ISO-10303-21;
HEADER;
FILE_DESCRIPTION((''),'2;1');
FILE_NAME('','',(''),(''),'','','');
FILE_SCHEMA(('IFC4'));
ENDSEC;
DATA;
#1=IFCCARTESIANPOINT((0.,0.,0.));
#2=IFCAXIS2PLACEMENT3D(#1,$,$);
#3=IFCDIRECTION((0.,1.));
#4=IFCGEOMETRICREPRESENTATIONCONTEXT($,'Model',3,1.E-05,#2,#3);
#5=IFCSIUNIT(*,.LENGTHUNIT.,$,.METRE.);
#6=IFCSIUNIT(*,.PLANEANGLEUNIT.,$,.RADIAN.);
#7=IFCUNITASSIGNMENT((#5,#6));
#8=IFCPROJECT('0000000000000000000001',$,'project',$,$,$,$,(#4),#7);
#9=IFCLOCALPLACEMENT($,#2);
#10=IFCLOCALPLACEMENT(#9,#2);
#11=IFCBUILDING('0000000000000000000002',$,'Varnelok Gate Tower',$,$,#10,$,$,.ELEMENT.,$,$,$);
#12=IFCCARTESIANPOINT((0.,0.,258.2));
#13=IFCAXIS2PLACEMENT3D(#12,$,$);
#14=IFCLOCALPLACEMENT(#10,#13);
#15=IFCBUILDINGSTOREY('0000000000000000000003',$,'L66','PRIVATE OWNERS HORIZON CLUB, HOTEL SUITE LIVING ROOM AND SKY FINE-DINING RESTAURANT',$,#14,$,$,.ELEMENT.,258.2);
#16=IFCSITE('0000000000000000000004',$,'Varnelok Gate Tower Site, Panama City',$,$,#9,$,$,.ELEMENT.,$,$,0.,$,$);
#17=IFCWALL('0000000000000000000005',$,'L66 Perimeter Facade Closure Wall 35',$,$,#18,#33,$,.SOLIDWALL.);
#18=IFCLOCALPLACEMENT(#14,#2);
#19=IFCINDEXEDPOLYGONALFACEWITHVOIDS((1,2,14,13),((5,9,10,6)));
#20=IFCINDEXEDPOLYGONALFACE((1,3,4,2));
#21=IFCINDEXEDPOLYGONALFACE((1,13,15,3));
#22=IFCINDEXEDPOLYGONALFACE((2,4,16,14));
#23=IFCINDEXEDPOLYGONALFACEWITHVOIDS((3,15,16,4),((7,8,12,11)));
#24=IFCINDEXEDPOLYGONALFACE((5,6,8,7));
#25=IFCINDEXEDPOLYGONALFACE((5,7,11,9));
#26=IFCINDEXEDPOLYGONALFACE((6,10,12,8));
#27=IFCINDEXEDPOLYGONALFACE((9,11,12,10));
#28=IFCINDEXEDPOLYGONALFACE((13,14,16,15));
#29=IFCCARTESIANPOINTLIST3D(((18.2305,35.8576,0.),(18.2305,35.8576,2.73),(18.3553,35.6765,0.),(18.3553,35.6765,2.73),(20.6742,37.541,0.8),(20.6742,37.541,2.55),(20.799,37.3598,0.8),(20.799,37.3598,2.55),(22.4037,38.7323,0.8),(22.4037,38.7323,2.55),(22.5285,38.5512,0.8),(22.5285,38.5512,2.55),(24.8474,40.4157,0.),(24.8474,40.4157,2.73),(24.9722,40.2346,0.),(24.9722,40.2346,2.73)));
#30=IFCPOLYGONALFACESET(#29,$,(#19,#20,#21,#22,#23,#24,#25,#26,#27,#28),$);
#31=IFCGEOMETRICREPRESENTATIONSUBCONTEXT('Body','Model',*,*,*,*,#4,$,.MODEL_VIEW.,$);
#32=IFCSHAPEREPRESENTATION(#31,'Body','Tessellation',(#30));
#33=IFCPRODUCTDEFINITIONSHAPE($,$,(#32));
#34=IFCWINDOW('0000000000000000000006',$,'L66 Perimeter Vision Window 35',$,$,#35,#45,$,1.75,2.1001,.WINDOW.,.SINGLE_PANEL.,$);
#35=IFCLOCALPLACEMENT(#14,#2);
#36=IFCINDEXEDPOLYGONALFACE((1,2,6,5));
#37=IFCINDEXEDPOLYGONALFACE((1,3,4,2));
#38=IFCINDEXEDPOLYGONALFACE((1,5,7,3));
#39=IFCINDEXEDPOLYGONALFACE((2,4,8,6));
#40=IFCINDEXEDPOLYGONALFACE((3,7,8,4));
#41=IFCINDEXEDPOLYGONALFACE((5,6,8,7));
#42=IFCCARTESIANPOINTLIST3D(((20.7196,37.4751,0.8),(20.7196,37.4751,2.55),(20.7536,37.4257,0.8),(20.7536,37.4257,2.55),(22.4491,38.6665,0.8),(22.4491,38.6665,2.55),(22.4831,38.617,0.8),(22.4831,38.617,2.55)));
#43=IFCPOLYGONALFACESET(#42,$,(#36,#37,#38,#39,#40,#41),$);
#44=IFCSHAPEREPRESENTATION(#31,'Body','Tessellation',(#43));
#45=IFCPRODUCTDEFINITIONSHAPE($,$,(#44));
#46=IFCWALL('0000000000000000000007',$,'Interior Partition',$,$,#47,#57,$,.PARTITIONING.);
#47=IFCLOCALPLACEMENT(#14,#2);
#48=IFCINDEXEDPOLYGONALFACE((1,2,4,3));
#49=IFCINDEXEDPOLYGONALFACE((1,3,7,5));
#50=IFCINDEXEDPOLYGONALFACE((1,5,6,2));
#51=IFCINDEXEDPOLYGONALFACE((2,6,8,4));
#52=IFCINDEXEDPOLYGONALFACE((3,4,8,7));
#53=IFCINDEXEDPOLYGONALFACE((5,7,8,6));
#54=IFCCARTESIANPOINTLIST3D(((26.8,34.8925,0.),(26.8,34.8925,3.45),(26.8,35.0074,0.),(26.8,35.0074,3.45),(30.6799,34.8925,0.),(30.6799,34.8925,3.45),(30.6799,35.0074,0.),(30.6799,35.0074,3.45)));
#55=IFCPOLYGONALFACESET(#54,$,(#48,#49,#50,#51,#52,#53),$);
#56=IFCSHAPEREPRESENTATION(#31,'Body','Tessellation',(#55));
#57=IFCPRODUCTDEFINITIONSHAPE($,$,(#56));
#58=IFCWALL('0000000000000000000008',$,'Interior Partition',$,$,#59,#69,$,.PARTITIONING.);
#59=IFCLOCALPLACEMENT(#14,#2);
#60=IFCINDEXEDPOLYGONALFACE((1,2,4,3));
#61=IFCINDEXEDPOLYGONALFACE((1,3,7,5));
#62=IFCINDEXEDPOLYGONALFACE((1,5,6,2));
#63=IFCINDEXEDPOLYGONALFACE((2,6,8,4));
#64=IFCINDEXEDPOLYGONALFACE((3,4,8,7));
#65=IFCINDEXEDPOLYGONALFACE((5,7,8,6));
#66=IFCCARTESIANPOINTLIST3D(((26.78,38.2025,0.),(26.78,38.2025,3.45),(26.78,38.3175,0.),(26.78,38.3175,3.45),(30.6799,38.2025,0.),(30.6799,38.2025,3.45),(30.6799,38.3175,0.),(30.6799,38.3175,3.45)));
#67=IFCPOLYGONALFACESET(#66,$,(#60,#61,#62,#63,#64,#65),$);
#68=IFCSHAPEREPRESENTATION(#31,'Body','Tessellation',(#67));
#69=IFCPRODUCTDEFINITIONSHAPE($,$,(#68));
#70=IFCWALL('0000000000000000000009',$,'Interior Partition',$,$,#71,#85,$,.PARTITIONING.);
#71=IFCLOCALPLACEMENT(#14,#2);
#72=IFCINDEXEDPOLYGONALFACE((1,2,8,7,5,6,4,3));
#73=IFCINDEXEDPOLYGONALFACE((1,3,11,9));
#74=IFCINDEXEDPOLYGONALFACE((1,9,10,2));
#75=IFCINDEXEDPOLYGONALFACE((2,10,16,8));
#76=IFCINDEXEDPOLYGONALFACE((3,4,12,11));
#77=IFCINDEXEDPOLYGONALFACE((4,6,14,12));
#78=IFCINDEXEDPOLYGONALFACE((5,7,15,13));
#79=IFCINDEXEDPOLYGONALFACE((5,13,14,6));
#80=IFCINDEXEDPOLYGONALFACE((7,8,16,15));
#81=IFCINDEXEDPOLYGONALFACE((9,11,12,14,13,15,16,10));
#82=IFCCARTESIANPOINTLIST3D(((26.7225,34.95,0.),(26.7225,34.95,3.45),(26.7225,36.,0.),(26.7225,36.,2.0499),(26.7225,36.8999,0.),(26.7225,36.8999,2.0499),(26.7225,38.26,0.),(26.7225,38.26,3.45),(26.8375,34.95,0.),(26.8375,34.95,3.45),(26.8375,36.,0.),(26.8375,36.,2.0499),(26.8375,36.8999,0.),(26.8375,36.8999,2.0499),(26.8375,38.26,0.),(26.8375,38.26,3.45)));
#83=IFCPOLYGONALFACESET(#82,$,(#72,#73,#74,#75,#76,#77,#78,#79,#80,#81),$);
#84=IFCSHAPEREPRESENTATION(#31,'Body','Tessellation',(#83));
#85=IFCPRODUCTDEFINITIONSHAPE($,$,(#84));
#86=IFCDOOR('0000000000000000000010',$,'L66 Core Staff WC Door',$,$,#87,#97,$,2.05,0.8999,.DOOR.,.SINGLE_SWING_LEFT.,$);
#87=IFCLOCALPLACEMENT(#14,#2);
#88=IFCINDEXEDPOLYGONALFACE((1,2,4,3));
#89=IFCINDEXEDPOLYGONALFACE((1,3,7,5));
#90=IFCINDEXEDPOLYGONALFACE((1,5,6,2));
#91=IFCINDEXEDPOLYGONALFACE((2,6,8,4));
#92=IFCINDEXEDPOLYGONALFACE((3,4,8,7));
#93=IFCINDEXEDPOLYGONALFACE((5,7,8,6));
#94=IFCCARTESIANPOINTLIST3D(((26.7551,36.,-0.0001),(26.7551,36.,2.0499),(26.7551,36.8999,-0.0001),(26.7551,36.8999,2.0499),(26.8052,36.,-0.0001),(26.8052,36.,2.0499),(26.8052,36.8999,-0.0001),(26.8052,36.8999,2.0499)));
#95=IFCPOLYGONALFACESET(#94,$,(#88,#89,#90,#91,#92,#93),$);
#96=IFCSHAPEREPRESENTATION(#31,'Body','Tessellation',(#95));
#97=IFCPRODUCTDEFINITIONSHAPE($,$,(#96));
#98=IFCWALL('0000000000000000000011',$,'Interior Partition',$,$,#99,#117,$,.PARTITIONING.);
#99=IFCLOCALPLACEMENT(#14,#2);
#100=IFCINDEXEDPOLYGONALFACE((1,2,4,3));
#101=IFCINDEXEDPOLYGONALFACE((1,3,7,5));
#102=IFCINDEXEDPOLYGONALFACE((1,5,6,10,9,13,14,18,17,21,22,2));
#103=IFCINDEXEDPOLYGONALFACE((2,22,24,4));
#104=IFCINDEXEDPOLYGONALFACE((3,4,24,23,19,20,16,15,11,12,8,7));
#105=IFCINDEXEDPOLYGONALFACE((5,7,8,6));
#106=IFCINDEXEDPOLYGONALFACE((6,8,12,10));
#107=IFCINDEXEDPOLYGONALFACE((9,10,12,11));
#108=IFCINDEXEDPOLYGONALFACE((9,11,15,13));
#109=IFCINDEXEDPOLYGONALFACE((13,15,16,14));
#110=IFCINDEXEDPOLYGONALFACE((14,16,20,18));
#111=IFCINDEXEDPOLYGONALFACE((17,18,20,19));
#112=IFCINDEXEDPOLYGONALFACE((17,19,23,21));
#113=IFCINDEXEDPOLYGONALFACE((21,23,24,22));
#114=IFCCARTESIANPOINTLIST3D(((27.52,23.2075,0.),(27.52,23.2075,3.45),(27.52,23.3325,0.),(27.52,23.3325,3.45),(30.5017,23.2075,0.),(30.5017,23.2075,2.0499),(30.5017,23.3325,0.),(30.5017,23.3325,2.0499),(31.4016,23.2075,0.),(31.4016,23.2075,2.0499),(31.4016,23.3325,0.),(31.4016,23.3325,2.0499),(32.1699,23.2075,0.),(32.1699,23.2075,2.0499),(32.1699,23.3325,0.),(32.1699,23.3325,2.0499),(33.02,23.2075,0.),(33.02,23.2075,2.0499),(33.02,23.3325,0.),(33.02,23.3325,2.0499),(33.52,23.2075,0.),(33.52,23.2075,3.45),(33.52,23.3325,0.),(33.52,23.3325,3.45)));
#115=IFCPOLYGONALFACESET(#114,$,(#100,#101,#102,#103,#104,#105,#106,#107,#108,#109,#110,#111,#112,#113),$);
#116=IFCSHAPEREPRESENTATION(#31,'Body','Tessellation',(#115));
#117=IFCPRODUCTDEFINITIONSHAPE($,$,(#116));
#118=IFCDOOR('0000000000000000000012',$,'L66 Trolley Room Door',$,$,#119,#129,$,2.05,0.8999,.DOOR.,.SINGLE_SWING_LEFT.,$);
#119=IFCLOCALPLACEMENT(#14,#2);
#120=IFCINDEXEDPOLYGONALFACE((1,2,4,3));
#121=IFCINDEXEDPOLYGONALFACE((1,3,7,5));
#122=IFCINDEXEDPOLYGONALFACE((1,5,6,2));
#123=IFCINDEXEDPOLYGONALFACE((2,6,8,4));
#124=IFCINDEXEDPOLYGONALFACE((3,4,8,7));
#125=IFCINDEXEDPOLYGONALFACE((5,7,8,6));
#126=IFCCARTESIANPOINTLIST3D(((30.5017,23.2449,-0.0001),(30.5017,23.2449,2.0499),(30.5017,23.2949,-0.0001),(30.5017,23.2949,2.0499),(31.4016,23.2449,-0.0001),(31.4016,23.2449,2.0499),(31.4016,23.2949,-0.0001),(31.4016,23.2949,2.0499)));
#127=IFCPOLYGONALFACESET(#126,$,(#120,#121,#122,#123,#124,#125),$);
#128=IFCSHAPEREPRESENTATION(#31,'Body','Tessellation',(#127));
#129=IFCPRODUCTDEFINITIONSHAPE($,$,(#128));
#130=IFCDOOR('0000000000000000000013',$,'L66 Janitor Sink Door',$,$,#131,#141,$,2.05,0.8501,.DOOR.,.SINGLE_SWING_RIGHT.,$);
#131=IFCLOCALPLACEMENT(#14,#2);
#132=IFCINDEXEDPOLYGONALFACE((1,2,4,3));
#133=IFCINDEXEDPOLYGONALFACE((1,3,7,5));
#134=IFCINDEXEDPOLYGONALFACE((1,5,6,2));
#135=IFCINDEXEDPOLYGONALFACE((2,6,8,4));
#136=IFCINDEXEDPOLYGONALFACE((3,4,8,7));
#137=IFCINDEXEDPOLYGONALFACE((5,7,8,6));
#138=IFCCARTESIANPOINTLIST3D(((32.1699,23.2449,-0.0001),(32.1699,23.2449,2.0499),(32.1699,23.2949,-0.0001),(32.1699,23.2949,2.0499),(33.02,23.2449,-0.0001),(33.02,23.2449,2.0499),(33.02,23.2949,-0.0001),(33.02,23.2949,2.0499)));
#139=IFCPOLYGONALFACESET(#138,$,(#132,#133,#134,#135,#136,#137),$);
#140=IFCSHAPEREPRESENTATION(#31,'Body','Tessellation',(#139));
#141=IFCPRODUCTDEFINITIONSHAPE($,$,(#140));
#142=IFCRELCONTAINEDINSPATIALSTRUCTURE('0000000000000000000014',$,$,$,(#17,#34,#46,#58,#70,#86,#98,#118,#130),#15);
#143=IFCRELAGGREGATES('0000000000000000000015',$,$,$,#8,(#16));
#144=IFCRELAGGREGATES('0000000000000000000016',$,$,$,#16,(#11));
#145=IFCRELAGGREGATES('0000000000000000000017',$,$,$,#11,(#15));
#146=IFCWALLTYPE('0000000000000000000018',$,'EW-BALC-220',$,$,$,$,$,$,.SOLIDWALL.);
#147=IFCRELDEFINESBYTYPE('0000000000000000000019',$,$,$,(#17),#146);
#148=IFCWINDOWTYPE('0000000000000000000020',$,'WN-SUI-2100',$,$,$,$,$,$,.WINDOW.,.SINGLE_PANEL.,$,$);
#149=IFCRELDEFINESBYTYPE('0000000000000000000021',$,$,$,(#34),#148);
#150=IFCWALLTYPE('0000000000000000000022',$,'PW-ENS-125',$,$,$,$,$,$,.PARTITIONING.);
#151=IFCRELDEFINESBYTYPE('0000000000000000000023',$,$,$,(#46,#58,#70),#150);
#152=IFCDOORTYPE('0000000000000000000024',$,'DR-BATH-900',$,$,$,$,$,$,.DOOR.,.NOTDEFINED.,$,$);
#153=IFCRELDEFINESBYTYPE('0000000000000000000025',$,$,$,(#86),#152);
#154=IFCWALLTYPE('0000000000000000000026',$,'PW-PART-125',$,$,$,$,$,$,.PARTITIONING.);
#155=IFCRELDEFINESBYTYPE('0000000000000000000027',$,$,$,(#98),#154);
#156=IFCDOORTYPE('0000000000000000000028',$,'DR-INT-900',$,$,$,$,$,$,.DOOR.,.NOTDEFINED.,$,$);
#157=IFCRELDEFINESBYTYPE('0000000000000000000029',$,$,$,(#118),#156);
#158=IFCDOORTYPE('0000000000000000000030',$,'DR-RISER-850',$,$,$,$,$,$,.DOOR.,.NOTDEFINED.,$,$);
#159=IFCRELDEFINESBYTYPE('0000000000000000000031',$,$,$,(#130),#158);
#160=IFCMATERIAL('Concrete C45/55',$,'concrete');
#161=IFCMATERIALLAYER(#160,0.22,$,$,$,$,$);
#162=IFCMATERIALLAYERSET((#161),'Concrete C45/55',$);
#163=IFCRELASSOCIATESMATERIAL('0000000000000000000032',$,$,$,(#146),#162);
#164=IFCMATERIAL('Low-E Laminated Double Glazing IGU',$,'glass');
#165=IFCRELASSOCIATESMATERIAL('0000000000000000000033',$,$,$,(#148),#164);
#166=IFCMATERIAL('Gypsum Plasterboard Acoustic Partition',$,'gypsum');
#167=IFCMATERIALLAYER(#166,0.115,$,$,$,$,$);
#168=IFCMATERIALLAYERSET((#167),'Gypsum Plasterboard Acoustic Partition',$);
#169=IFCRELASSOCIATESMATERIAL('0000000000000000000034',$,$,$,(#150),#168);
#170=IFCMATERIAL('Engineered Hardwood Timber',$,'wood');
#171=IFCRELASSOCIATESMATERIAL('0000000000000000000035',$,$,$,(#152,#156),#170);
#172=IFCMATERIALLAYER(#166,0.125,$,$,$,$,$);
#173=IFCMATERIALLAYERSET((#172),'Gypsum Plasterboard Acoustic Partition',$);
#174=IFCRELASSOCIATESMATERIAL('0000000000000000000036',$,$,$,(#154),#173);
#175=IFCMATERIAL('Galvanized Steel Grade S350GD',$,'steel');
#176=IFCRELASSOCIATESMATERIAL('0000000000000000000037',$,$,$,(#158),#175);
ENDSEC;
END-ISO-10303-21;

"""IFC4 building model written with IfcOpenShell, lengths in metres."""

from ifc_helpers import new_model, si_unit, direction, frame, frame_2d, origin, place, context, subcontext, project, spatial, rectangle, extrude, material, layer, layer_set, type_object, element, fill, save


model = new_model("IFC4")

# Units and contexts
model_context = context("Model", 3, precision=1e-05, world=origin(), true_north=direction((0.0, 1.0)))
body_context = subcontext(model_context, "Body", "Model", "MODEL_VIEW")
ifc_project = project(units=[si_unit("LENGTHUNIT", "METRE"), si_unit("PLANEANGLEUNIT", "RADIAN")], contexts=[model_context])

# Site, building, storey
site_placement = place(None, origin())
site = spatial("IfcSite", under=ifc_project, at=site_placement, Name="Varnelok Gate Tower Site, Panama City", CompositionType="ELEMENT", RefElevation=0.0)
building_placement = place(site_placement, origin())
building = spatial("IfcBuilding", under=site, at=building_placement, Name="Varnelok Gate Tower", CompositionType="ELEMENT")
storey_placement = place(building_placement, frame((0.0, 0.0, 258.2)))
storey = spatial("IfcBuildingStorey", under=building, at=storey_placement, Name="L66", Description="PRIVATE OWNERS HORIZON CLUB, HOTEL SUITE LIVING ROOM AND SKY FINE-DINING RESTAURANT", CompositionType="ELEMENT", Elevation=258.2)

# Shared definitions
ifc_material_1 = material(Name="Concrete C45/55", Category="concrete")
ifc_layer_1 = layer(ifc_material_1, 0.22)
ifc_layer_set_1 = layer_set([ifc_layer_1], Name="Concrete C45/55")
wall_type_1 = type_object("IfcWallType", Name="EW-BALC-220", PredefinedType="SOLIDWALL", material=ifc_layer_set_1)

# Wall, opening, window
wall_1_placement = place(storey_placement, frame((24.9099, 40.3252, 0.0), z_axis=(0.0, 0.0, 1.0), x_axis=(-0.823521, -0.567286, 0.0)))
wall_1 = element("IfcWall", 1, at=wall_1_placement, inside=storey, type_object=wall_type_1, Name="L66 Perimeter Facade Closure Wall 35", PredefinedType="SOLIDWALL", context=body_context, shape_type="SweptSolid", body=[
    extrude(rectangle(XDim=8.0349, YDim=0.22, at=frame_2d((4.0176, 0.0))), origin(), (0.0, 0.0, 1.0), 2.73),
])
opening_1_placement = place(wall_1_placement, frame((2.9675, 0.0, 0.8)))
opening_1 = element("IfcOpeningElement", 2, at=opening_1_placement, cuts=wall_1, PredefinedType="OPENING", context=body_context, shape_type="SweptSolid", body=[
    extrude(rectangle(XDim=2.1001, YDim=1.75, at=frame_2d((1.05, 0.875))), frame((0.0, 0.1199, 0.0), z_axis=(0.0, -1.0, 0.0), x_axis=(1.0, 0.0, 0.0)), (0.0, 0.0, 1.0), 0.24),
])
ifc_material_2 = material(Name="Low-E Laminated Double Glazing IGU", Category="glass")
window_type = type_object("IfcWindowType", Name="WN-SUI-2100", PartitioningType="SINGLE_PANEL", PredefinedType="WINDOW", material=ifc_material_2)
window_placement = place(opening_1_placement, origin())
window = element("IfcWindow", 3, at=window_placement, inside=storey, type_object=window_type, Name="L66 Perimeter Vision Window 35", OverallHeight=1.75, OverallWidth=2.1001, PartitioningType="SINGLE_PANEL", PredefinedType="WINDOW", context=body_context, shape_type="SweptSolid", body=[
    extrude(rectangle(XDim=2.1001, YDim=1.75, at=frame_2d((1.05, 0.875))), frame((0.0, 0.03, 0.0), z_axis=(0.0, -1.0, 0.0), x_axis=(1.0, 0.0, 0.0)), (0.0, 0.0, 1.0), 0.0601),
])
fill(opening_1, window)

# Walls
ifc_material_3 = material(Name="Gypsum Plasterboard Acoustic Partition", Category="gypsum")
ifc_layer_2 = layer(ifc_material_3, 0.115)
ifc_layer_set_2 = layer_set([ifc_layer_2], Name="Gypsum Plasterboard Acoustic Partition")
wall_type_2 = type_object("IfcWallType", Name="PW-ENS-125", PredefinedType="PARTITIONING", material=ifc_layer_set_2)
wall_2_placement = place(storey_placement, frame((26.8, 34.95, 0.0), z_axis=(0.0, 0.0, 1.0), x_axis=(1.0, 0.0, 0.0)))
element("IfcWall", 4, at=wall_2_placement, inside=storey, type_object=wall_type_2, Name="Interior Partition", PredefinedType="PARTITIONING", context=body_context, shape_type="SweptSolid", body=[
    extrude(rectangle(XDim=3.8799, YDim=0.115, at=frame_2d((1.9399, 0.0))), origin(), (0.0, 0.0, 1.0), 3.45),
])
wall_3_placement = place(storey_placement, frame((26.78, 38.26, 0.0), z_axis=(0.0, 0.0, 1.0), x_axis=(1.0, 0.0, 0.0)))
element("IfcWall", 5, at=wall_3_placement, inside=storey, type_object=wall_type_2, Name="Interior Partition", PredefinedType="PARTITIONING", context=body_context, shape_type="SweptSolid", body=[
    extrude(rectangle(XDim=3.8999, YDim=0.115, at=frame_2d((1.95, 0.0))), origin(), (0.0, 0.0, 1.0), 3.45),
])

# Wall, opening, door
wall_4_placement = place(storey_placement, frame((26.78, 34.95, 0.0), z_axis=(0.0, 0.0, 1.0), x_axis=(0.0, 1.0, 0.0)))
wall_4 = element("IfcWall", 6, at=wall_4_placement, inside=storey, type_object=wall_type_2, Name="Interior Partition", PredefinedType="PARTITIONING", context=body_context, shape_type="SweptSolid", body=[
    extrude(rectangle(XDim=3.3101, YDim=0.115, at=frame_2d((1.655, 0.0))), origin(), (0.0, 0.0, 1.0), 3.45),
])
opening_2_placement = place(wall_4_placement, frame((1.05, 0.0, 0.0)))
opening_2 = element("IfcOpeningElement", 7, at=opening_2_placement, cuts=wall_4, PredefinedType="OPENING", context=body_context, shape_type="SweptSolid", body=[
    extrude(rectangle(XDim=0.8999, YDim=2.05, at=frame_2d((0.45, 1.0249))), frame((0.0, 0.0674, 0.0), z_axis=(0.0, -1.0, 0.0), x_axis=(1.0, 0.0, 0.0)), (0.0, 0.0, 1.0), 0.135),
])
ifc_material_4 = material(Name="Engineered Hardwood Timber", Category="wood")
door_type_1 = type_object("IfcDoorType", Name="DR-BATH-900", OperationType="NOTDEFINED", PredefinedType="DOOR", material=ifc_material_4)
door_1_placement = place(opening_2_placement, origin())
door_1 = element("IfcDoor", 8, at=door_1_placement, inside=storey, type_object=door_type_1, Name="L66 Core Staff WC Door", OperationType="SINGLE_SWING_LEFT", OverallHeight=2.05, OverallWidth=0.8999, PredefinedType="DOOR", context=body_context, shape_type="SweptSolid", body=[
    extrude(rectangle(XDim=0.8999, YDim=2.05, at=frame_2d((0.45, 1.0249))), frame((0.0, 0.0249, 0.0), z_axis=(0.0, -1.0, 0.0), x_axis=(1.0, 0.0, 0.0)), (0.0, 0.0, 1.0), 0.05),
])
fill(opening_2, door_1)

# Wall, openings, doors
ifc_layer_3 = layer(ifc_material_3, 0.125)
ifc_layer_set_3 = layer_set([ifc_layer_3], Name="Gypsum Plasterboard Acoustic Partition")
wall_type_3 = type_object("IfcWallType", Name="PW-PART-125", PredefinedType="PARTITIONING", material=ifc_layer_set_3)
wall_5_placement = place(storey_placement, frame((27.52, 23.27, 0.0), z_axis=(0.0, 0.0, 1.0), x_axis=(1.0, 0.0, 0.0)))
wall_5 = element("IfcWall", 9, at=wall_5_placement, inside=storey, type_object=wall_type_3, Name="Interior Partition", PredefinedType="PARTITIONING", context=body_context, shape_type="SweptSolid", body=[
    extrude(rectangle(XDim=6.0, YDim=0.125, at=frame_2d((3.0, 0.0))), origin(), (0.0, 0.0, 1.0), 3.45),
])
opening_3_placement = place(wall_5_placement, frame((2.9817, 0.0, 0.0)))
opening_3 = element("IfcOpeningElement", 10, at=opening_3_placement, cuts=wall_5, PredefinedType="OPENING", context=body_context, shape_type="SweptSolid", body=[
    extrude(rectangle(XDim=0.8999, YDim=2.05, at=frame_2d((0.45, 1.0249))), frame((0.0, 0.0725, 0.0), z_axis=(0.0, -1.0, 0.0), x_axis=(1.0, 0.0, 0.0)), (0.0, 0.0, 1.0), 0.145),
])
opening_4_placement = place(wall_5_placement, frame((4.6499, 0.0, 0.0)))
opening_4 = element("IfcOpeningElement", 11, at=opening_4_placement, cuts=wall_5, PredefinedType="OPENING", context=body_context, shape_type="SweptSolid", body=[
    extrude(rectangle(XDim=0.8501, YDim=2.05, at=frame_2d((0.425, 1.0249))), frame((0.0, 0.0725, 0.0), z_axis=(0.0, -1.0, 0.0), x_axis=(1.0, 0.0, 0.0)), (0.0, 0.0, 1.0), 0.145),
])
door_type_2 = type_object("IfcDoorType", Name="DR-INT-900", OperationType="NOTDEFINED", PredefinedType="DOOR", material=ifc_material_4)
door_2_placement = place(opening_3_placement, origin())
door_2 = element("IfcDoor", 12, at=door_2_placement, inside=storey, type_object=door_type_2, Name="L66 Trolley Room Door", OperationType="SINGLE_SWING_LEFT", OverallHeight=2.05, OverallWidth=0.8999, PredefinedType="DOOR", context=body_context, shape_type="SweptSolid", body=[
    extrude(rectangle(XDim=0.8999, YDim=2.05, at=frame_2d((0.45, 1.0249))), frame((0.0, 0.0249, 0.0), z_axis=(0.0, -1.0, 0.0), x_axis=(1.0, 0.0, 0.0)), (0.0, 0.0, 1.0), 0.05),
])
fill(opening_3, door_2)
ifc_material_5 = material(Name="Galvanized Steel Grade S350GD", Category="steel")
door_type_3 = type_object("IfcDoorType", Name="DR-RISER-850", OperationType="NOTDEFINED", PredefinedType="DOOR", material=ifc_material_5)
door_3_placement = place(opening_4_placement, origin())
door_3 = element("IfcDoor", 13, at=door_3_placement, inside=storey, type_object=door_type_3, Name="L66 Janitor Sink Door", OperationType="SINGLE_SWING_RIGHT", OverallHeight=2.05, OverallWidth=0.8501, PredefinedType="DOOR", context=body_context, shape_type="SweptSolid", body=[
    extrude(rectangle(XDim=0.8501, YDim=2.05, at=frame_2d((0.425, 1.0249))), frame((0.0, 0.0249, 0.0), z_axis=(0.0, -1.0, 0.0), x_axis=(1.0, 0.0, 0.0)), (0.0, 0.0, 1.0), 0.05),
])
fill(opening_4, door_3)

save(model, "model.ifc")
